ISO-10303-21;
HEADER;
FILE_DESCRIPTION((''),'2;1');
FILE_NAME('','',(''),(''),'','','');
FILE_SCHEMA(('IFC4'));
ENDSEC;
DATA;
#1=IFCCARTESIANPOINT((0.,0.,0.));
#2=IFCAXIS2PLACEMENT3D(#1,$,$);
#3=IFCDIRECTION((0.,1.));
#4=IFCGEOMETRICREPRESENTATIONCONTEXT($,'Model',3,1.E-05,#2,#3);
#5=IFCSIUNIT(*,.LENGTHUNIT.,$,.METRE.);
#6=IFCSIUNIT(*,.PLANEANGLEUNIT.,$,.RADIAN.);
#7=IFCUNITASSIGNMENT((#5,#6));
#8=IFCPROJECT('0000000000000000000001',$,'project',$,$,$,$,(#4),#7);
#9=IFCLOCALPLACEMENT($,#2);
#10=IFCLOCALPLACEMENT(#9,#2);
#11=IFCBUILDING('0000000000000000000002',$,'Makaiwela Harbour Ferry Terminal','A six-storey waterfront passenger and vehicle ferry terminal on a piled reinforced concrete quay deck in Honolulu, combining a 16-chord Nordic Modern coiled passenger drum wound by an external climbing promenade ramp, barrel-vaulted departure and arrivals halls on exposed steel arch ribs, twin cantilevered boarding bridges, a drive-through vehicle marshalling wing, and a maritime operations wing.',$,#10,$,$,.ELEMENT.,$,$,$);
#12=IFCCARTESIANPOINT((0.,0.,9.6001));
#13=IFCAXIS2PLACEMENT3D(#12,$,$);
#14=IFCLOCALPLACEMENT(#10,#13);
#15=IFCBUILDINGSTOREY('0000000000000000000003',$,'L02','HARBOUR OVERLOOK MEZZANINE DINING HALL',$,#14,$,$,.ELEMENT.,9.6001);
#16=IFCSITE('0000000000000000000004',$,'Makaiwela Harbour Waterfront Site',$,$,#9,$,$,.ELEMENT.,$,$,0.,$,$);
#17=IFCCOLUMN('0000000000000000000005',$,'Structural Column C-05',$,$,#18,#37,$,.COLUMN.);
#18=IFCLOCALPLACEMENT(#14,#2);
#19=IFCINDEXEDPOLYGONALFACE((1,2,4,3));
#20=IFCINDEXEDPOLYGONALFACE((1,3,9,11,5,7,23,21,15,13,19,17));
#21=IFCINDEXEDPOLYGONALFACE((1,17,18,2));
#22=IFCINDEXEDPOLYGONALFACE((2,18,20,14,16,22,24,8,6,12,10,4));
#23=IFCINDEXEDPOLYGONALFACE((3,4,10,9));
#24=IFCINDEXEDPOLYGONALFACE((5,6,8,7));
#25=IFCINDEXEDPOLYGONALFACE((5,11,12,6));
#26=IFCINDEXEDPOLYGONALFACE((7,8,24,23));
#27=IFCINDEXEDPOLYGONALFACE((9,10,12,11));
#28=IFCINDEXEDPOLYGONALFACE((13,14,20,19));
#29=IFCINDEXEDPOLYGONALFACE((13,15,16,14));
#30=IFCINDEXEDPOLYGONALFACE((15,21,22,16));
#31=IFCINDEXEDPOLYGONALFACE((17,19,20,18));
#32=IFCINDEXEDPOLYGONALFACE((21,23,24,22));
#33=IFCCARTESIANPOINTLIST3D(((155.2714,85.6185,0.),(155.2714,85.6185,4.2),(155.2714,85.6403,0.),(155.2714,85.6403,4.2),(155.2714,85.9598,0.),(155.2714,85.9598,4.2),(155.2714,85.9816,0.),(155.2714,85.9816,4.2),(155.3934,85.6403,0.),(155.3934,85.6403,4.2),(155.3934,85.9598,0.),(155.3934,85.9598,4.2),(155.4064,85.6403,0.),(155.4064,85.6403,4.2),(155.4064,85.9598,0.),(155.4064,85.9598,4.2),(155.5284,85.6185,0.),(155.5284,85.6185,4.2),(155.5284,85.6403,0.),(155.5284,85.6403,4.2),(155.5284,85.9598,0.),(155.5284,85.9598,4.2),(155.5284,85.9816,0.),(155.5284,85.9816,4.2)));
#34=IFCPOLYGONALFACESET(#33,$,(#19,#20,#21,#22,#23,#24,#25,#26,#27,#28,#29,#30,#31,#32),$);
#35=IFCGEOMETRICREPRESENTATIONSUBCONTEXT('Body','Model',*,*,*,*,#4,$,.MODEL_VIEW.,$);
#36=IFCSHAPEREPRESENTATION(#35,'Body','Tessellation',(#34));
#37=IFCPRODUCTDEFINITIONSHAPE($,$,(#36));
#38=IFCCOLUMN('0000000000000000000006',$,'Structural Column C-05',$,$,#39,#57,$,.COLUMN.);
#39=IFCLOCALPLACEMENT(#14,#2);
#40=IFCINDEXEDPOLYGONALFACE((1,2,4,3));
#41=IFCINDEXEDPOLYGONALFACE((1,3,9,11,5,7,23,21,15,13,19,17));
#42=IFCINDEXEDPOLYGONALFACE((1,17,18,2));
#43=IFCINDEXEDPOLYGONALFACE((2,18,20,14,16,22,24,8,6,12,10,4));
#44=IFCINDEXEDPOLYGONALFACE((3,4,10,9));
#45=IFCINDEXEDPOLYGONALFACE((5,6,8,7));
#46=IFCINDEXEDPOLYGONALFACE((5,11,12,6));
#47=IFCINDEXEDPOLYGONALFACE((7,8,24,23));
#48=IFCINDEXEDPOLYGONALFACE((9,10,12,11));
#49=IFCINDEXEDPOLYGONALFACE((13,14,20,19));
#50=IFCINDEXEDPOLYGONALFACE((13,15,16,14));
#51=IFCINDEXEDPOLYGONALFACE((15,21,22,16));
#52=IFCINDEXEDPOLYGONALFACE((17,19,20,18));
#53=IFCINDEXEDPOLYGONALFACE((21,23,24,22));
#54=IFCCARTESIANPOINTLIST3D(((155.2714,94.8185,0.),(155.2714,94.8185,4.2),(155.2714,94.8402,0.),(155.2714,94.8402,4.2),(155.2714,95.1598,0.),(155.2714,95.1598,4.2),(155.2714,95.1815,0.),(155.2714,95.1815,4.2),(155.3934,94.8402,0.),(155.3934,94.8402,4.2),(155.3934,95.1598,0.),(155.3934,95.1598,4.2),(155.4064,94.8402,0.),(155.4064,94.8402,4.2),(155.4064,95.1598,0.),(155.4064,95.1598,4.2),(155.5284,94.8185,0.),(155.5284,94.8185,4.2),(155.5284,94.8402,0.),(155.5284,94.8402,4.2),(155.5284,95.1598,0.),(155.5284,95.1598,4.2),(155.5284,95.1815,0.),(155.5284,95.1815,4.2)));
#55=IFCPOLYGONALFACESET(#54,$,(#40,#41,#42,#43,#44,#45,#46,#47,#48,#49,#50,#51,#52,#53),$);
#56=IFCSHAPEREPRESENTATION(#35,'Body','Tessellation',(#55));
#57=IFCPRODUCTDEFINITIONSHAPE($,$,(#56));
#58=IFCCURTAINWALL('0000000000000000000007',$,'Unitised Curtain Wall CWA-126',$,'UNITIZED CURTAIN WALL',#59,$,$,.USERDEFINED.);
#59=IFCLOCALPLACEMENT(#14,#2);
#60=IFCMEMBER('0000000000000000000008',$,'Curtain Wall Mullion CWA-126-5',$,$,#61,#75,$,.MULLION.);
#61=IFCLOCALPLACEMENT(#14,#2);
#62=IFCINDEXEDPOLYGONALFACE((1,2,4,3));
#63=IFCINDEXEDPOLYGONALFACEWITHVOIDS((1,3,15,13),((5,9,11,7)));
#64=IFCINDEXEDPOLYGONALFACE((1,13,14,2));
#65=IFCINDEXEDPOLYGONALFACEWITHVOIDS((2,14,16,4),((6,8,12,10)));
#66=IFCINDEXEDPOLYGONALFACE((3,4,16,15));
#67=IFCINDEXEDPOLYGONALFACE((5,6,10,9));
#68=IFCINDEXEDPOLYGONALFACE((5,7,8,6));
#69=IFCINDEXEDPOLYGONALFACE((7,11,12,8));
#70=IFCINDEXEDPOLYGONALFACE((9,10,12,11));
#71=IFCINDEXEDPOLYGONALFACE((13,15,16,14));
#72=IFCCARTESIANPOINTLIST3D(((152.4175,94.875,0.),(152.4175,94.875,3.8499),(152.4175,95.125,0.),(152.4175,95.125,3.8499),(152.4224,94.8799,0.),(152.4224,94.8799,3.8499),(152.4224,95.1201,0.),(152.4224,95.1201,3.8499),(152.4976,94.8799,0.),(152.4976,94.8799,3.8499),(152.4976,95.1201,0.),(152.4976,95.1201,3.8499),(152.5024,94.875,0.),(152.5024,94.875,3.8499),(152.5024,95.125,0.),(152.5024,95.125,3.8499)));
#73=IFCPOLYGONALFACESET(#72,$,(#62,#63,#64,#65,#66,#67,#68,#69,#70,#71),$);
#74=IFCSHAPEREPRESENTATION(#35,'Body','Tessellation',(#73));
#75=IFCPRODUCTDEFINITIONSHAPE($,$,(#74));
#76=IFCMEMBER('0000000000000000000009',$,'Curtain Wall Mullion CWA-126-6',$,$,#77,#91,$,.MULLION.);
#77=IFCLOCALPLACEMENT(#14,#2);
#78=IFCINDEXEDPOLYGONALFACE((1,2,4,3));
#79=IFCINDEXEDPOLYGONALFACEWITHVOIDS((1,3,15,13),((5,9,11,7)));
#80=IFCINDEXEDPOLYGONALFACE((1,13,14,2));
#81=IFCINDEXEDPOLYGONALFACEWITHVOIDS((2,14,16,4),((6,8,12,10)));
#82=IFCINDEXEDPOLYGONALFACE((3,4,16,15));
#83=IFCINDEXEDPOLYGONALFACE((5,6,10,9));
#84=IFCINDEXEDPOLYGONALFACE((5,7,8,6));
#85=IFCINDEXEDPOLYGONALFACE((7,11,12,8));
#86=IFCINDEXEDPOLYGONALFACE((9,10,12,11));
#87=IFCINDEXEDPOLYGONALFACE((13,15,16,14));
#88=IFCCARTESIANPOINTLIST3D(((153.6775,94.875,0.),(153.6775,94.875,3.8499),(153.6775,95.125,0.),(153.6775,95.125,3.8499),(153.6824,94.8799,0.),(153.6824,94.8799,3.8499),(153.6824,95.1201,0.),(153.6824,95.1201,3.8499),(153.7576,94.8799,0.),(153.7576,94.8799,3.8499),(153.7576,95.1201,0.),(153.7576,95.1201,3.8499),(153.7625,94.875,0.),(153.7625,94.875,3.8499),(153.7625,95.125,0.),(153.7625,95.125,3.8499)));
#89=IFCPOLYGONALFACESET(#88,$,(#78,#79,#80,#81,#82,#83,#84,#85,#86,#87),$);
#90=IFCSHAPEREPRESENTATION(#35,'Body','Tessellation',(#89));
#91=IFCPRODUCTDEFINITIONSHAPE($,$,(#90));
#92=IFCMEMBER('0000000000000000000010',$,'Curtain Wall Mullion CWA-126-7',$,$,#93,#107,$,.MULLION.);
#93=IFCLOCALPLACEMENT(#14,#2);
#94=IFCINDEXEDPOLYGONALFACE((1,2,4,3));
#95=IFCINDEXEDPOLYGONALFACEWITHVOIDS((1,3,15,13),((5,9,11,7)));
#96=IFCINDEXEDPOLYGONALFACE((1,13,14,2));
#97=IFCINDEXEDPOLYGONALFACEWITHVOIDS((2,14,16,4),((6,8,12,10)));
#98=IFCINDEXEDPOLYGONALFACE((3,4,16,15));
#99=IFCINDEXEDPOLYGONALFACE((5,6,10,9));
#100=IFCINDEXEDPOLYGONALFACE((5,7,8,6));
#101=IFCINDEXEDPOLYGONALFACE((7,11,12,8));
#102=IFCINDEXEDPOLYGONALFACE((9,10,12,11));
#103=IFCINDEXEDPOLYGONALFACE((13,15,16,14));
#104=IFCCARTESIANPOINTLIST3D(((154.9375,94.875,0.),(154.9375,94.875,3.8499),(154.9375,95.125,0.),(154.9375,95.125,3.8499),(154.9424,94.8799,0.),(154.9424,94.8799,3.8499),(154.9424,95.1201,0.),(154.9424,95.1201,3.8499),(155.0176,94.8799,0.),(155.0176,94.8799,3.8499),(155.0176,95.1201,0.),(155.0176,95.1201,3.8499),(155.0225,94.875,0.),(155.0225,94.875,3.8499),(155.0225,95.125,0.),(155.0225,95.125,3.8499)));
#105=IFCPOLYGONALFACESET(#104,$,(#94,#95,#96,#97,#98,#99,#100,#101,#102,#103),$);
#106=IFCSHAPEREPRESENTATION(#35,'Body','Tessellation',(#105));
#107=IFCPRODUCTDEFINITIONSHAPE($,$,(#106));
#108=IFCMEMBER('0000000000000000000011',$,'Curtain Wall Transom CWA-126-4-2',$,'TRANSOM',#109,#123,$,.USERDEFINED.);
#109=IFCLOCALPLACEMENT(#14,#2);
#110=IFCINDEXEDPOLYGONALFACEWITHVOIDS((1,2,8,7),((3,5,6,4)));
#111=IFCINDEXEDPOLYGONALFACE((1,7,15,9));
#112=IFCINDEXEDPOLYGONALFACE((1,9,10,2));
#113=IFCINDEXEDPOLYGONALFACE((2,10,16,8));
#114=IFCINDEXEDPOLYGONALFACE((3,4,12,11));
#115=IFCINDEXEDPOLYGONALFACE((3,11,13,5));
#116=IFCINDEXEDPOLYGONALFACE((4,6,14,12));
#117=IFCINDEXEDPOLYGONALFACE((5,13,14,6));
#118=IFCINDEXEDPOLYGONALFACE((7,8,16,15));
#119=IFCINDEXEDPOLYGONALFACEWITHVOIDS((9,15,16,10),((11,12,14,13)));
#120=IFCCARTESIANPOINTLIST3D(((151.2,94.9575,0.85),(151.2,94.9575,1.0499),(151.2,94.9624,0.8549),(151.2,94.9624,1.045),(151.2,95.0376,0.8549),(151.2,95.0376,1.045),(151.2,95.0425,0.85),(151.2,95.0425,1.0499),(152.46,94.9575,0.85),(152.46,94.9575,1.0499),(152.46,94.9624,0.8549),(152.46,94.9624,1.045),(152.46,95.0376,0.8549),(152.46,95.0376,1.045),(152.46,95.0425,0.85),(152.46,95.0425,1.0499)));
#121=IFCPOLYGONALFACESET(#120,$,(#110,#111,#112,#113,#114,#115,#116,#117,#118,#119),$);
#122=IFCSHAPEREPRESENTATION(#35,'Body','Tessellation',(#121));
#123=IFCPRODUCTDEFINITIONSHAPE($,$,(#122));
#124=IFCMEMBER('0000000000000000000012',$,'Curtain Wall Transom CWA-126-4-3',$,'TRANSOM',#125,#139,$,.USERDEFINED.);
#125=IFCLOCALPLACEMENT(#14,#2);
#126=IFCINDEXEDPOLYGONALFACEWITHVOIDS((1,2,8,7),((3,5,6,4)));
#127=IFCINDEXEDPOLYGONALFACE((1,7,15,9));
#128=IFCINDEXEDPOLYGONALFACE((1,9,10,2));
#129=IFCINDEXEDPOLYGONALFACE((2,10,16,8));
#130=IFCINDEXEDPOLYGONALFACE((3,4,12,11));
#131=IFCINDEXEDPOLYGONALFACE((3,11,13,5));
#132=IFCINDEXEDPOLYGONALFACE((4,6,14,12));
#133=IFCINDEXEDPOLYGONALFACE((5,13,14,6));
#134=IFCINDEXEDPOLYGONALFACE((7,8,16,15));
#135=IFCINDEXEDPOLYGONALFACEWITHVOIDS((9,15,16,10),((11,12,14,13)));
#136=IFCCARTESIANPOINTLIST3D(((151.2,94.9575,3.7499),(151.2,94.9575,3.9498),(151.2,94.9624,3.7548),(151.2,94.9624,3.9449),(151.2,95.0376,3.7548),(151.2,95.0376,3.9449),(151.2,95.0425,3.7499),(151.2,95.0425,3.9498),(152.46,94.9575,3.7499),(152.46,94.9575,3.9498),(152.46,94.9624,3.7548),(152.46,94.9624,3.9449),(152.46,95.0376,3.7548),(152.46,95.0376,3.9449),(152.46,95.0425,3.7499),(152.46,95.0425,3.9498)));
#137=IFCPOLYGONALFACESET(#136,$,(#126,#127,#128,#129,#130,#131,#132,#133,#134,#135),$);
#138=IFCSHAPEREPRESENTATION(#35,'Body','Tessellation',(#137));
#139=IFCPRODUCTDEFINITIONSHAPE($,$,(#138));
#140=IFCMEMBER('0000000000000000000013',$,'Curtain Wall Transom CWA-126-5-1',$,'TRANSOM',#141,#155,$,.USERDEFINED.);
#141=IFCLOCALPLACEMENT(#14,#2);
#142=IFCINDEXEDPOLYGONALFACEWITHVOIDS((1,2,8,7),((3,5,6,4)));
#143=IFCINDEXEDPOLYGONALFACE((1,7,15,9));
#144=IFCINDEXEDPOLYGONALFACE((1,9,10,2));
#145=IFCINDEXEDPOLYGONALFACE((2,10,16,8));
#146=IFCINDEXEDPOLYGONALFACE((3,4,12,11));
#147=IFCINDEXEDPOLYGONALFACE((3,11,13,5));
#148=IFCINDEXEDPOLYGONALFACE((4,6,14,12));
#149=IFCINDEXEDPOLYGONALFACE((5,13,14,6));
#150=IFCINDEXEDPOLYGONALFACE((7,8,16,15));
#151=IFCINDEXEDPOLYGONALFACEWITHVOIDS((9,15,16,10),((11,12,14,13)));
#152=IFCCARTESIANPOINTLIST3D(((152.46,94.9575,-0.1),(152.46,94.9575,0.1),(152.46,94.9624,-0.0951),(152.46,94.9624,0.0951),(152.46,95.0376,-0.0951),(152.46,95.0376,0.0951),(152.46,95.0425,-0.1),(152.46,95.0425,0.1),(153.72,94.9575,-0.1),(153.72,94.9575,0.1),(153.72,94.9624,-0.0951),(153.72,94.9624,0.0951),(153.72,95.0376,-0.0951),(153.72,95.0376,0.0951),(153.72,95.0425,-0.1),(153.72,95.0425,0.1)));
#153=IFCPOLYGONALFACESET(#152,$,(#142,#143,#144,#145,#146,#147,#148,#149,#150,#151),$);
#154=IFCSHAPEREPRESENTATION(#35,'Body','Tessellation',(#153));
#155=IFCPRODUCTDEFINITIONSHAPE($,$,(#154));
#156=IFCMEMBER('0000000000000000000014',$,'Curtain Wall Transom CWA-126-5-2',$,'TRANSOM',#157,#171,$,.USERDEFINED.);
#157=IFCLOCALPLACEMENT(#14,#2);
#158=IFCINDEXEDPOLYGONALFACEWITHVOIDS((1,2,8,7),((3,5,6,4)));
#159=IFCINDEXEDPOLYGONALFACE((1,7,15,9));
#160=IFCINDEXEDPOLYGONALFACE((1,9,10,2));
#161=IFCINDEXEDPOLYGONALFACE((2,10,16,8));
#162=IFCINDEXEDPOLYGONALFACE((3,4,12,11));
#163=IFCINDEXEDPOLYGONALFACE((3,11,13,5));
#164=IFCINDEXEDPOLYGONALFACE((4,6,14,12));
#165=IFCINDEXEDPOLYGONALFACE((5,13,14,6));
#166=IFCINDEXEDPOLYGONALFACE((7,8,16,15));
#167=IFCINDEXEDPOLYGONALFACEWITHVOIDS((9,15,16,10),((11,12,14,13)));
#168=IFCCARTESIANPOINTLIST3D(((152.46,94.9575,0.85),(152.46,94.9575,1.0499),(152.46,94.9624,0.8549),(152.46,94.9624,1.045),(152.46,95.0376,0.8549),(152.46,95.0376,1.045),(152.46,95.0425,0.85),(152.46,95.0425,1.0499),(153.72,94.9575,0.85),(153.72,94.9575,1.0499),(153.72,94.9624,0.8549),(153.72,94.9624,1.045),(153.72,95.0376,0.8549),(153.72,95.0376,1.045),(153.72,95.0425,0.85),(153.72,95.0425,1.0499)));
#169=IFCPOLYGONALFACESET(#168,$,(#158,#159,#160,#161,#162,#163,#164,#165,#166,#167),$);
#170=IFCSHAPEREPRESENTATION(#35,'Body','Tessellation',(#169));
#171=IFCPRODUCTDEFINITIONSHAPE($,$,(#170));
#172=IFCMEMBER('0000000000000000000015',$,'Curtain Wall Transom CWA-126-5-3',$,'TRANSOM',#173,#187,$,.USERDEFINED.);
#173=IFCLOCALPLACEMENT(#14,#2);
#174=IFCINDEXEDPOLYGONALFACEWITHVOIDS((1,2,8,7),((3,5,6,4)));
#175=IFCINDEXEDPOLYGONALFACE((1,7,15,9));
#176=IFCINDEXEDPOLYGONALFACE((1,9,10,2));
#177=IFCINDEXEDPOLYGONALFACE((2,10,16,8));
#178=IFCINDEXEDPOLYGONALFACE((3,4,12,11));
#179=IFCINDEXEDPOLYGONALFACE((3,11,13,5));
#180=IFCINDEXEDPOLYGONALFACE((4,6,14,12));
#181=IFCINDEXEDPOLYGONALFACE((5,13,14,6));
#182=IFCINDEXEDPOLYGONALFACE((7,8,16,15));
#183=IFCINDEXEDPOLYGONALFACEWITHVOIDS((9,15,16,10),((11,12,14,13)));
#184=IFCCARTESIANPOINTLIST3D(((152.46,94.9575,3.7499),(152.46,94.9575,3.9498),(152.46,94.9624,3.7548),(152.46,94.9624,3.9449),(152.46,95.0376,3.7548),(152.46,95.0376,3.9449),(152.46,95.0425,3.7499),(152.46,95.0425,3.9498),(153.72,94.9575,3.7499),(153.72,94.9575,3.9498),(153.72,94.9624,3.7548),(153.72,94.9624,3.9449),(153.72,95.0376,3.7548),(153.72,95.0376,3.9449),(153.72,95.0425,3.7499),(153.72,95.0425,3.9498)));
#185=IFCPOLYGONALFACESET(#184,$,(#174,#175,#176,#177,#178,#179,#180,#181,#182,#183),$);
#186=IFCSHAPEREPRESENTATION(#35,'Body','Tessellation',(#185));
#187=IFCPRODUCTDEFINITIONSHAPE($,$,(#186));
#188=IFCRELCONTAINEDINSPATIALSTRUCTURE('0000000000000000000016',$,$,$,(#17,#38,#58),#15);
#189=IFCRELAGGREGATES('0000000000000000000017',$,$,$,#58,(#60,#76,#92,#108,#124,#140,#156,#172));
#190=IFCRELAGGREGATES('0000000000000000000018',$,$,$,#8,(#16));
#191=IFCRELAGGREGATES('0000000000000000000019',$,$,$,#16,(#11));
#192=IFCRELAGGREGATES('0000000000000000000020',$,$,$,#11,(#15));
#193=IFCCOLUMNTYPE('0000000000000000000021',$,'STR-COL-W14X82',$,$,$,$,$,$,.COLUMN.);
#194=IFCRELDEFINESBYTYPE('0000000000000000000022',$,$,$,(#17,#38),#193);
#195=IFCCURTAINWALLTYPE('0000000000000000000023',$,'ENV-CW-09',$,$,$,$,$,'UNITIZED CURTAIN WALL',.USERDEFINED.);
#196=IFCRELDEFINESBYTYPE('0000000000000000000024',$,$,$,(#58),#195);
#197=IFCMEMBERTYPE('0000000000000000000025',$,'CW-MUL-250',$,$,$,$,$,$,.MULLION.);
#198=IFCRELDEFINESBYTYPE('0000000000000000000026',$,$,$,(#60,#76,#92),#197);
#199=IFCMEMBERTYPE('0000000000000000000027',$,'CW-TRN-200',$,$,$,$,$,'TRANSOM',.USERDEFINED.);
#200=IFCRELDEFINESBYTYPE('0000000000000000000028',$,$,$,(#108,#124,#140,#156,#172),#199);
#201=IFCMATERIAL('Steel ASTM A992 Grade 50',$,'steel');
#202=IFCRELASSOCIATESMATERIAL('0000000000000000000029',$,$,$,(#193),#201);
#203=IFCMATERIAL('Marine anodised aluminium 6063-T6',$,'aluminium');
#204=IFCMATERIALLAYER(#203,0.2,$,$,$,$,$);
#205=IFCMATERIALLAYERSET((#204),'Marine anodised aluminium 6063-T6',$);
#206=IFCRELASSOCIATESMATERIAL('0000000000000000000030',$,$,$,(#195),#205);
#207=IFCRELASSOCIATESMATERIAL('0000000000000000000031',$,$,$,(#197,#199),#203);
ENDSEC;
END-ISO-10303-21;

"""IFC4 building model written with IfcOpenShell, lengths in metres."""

from ifc_helpers import new_model, si_unit, direction, frame, origin, origin_2d, place, context, subcontext, project, spatial, hollow_rectangle, i_section, extrude, material, layer, layer_set, material_profile, profile_set, type_object, element, aggregate, save


model = new_model("IFC4")

# Units and contexts
model_context = context("Model", 3, precision=1e-05, world=origin(), true_north=direction((0.0, 1.0)))
body_context = subcontext(model_context, "Body", "Model", "MODEL_VIEW")
ifc_project = project(units=[si_unit("LENGTHUNIT", "METRE"), si_unit("PLANEANGLEUNIT", "RADIAN")], contexts=[model_context])

# Site, building, storey
site_placement = place(None, origin())
site = spatial("IfcSite", under=ifc_project, at=site_placement, Name="Makaiwela Harbour Waterfront Site", CompositionType="ELEMENT", RefElevation=0.0)
building_placement = place(site_placement, origin())
building = spatial("IfcBuilding", under=site, at=building_placement, Name="Makaiwela Harbour Ferry Terminal", Description="A six-storey waterfront passenger and vehicle ferry terminal on a piled reinforced concrete quay deck in Honolulu, combining a 16-chord Nordic Modern coiled passenger drum wound by an external climbing promenade ramp, barrel-vaulted departure and arrivals halls on exposed steel arch ribs, twin cantilevered boarding bridges, a drive-through vehicle marshalling wing, and a maritime operations wing.", CompositionType="ELEMENT")
storey_placement = place(building_placement, frame((0.0, 0.0, 9.6001)))
storey = spatial("IfcBuildingStorey", under=building, at=storey_placement, Name="L02", Description="HARBOUR OVERLOOK MEZZANINE DINING HALL", CompositionType="ELEMENT", Elevation=9.6001)

# Columns
ifc_material_1 = material(Name="Steel ASTM A992 Grade 50", Category="steel")
ifc_material_profile_1 = material_profile(ifc_material_1, i_section(OverallWidth=0.2571, OverallDepth=0.363, WebThickness=0.0129, FlangeThickness=0.0217, at=origin_2d()), Name="W14X82")
ifc_profile_set_1 = profile_set([ifc_material_profile_1], Name="Steel ASTM A992 Grade 50")
column_type = type_object("IfcColumnType", Name="STR-COL-W14X82", PredefinedType="COLUMN", material=ifc_profile_set_1)
for number, where, z_axis, x_axis, name in (
    (1, (155.3999, 85.8, 0.0), (0.0, 0.0, 1.0), (1.0, 0.0, 0.0), "Structural Column C-05"),
    (2, (155.3999, 95.0, 0.0), (0.0, 0.0, 1.0), (1.0, 0.0, 0.0), "Structural Column C-05"),
):
    element("IfcColumn", number, at=place(storey_placement, frame(where, z_axis=z_axis, x_axis=x_axis)), inside=storey, type_object=column_type, Name=name, PredefinedType="COLUMN", context=body_context, shape_type="SweptSolid", body=[
        extrude(i_section(OverallWidth=0.2571, OverallDepth=0.363, WebThickness=0.0129, FlangeThickness=0.0217, at=origin_2d()), origin(), (0.0, 0.0, 1.0), 4.2),
    ])

# Curtain wall, members
ifc_material_2 = material(Name="Marine anodised aluminium 6063-T6", Category="aluminium")
ifc_layer_1 = layer(ifc_material_2, 0.2)
ifc_layer_set_1 = layer_set([ifc_layer_1], Name="Marine anodised aluminium 6063-T6")
curtain_wall_type = type_object("IfcCurtainWallType", Name="ENV-CW-09", ElementType="UNITIZED CURTAIN WALL", PredefinedType="USERDEFINED", material=ifc_layer_set_1)
curtain_wall_placement = place(storey_placement, origin())
curtain_wall = element("IfcCurtainWall", 3, at=curtain_wall_placement, inside=storey, type_object=curtain_wall_type, Name="Unitised Curtain Wall CWA-126", ObjectType="UNITIZED CURTAIN WALL", PredefinedType="USERDEFINED")
ifc_material_profile_2 = material_profile(ifc_material_2, hollow_rectangle(XDim=0.085, YDim=0.25, WallThickness=0.0049, at=origin_2d()), Name="CWM-250X85")
ifc_profile_set_2 = profile_set([ifc_material_profile_2], Name="Marine anodised aluminium 6063-T6")
member_type_1 = type_object("IfcMemberType", Name="CW-MUL-250", PredefinedType="MULLION", material=ifc_profile_set_2)
member_1_placement = place(storey_placement, frame((152.46, 95.0, 0.0), z_axis=(0.0, 0.0, 1.0), x_axis=(1.0, 0.0, 0.0)))
member_1 = element("IfcMember", 4, at=member_1_placement, type_object=member_type_1, Name="Curtain Wall Mullion CWA-126-5", PredefinedType="MULLION", context=body_context, shape_type="SweptSolid", body=[
    extrude(hollow_rectangle(XDim=0.085, YDim=0.25, WallThickness=0.0049, at=origin_2d()), origin(), (0.0, 0.0, 1.0), 3.8499),
])
member_2_placement = place(storey_placement, frame((153.72, 95.0, 0.0), z_axis=(0.0, 0.0, 1.0), x_axis=(1.0, 0.0, 0.0)))
member_2 = element("IfcMember", 5, at=member_2_placement, type_object=member_type_1, Name="Curtain Wall Mullion CWA-126-6", PredefinedType="MULLION", context=body_context, shape_type="SweptSolid", body=[
    extrude(hollow_rectangle(XDim=0.085, YDim=0.25, WallThickness=0.0049, at=origin_2d()), origin(), (0.0, 0.0, 1.0), 3.8499),
])
member_3_placement = place(storey_placement, frame((154.98, 95.0, 0.0), z_axis=(0.0, 0.0, 1.0), x_axis=(1.0, 0.0, 0.0)))
member_3 = element("IfcMember", 6, at=member_3_placement, type_object=member_type_1, Name="Curtain Wall Mullion CWA-126-7", PredefinedType="MULLION", context=body_context, shape_type="SweptSolid", body=[
    extrude(hollow_rectangle(XDim=0.085, YDim=0.25, WallThickness=0.0049, at=origin_2d()), origin(), (0.0, 0.0, 1.0), 3.8499),
])
ifc_material_profile_3 = material_profile(ifc_material_2, hollow_rectangle(XDim=0.085, YDim=0.2, WallThickness=0.0049, at=origin_2d()), Name="CWT-200X85")
ifc_profile_set_3 = profile_set([ifc_material_profile_3], Name="Marine anodised aluminium 6063-T6")
member_type_2 = type_object("IfcMemberType", Name="CW-TRN-200", ElementType="TRANSOM", PredefinedType="USERDEFINED", material=ifc_profile_set_3)
member_4_placement = place(storey_placement, frame((151.2, 95.0, 0.95), z_axis=(1.0, 0.0, 0.0), x_axis=(0.0, 1.0, 0.0)))
member_4 = element("IfcMember", 7, at=member_4_placement, type_object=member_type_2, Name="Curtain Wall Transom CWA-126-4-2", ObjectType="TRANSOM", PredefinedType="USERDEFINED", context=body_context, shape_type="SweptSolid", body=[
    extrude(hollow_rectangle(XDim=0.085, YDim=0.2, WallThickness=0.0049, at=origin_2d()), origin(), (0.0, 0.0, 1.0), 1.26),
])
member_5_placement = place(storey_placement, frame((151.2, 95.0, 3.8499), z_axis=(1.0, 0.0, 0.0), x_axis=(0.0, 1.0, 0.0)))
member_5 = element("IfcMember", 8, at=member_5_placement, type_object=member_type_2, Name="Curtain Wall Transom CWA-126-4-3", ObjectType="TRANSOM", PredefinedType="USERDEFINED", context=body_context, shape_type="SweptSolid", body=[
    extrude(hollow_rectangle(XDim=0.085, YDim=0.2, WallThickness=0.0049, at=origin_2d()), origin(), (0.0, 0.0, 1.0), 1.26),
])
member_6_placement = place(storey_placement, frame((152.46, 95.0, 0.0), z_axis=(1.0, 0.0, 0.0), x_axis=(0.0, 1.0, 0.0)))
member_6 = element("IfcMember", 9, at=member_6_placement, type_object=member_type_2, Name="Curtain Wall Transom CWA-126-5-1", ObjectType="TRANSOM", PredefinedType="USERDEFINED", context=body_context, shape_type="SweptSolid", body=[
    extrude(hollow_rectangle(XDim=0.085, YDim=0.2, WallThickness=0.0049, at=origin_2d()), origin(), (0.0, 0.0, 1.0), 1.26),
])
member_7_placement = place(storey_placement, frame((152.46, 95.0, 0.95), z_axis=(1.0, 0.0, 0.0), x_axis=(0.0, 1.0, 0.0)))
member_7 = element("IfcMember", 10, at=member_7_placement, type_object=member_type_2, Name="Curtain Wall Transom CWA-126-5-2", ObjectType="TRANSOM", PredefinedType="USERDEFINED", context=body_context, shape_type="SweptSolid", body=[
    extrude(hollow_rectangle(XDim=0.085, YDim=0.2, WallThickness=0.0049, at=origin_2d()), origin(), (0.0, 0.0, 1.0), 1.26),
])
member_8_placement = place(storey_placement, frame((152.46, 95.0, 3.8499), z_axis=(1.0, 0.0, 0.0), x_axis=(0.0, 1.0, 0.0)))
member_8 = element("IfcMember", 11, at=member_8_placement, type_object=member_type_2, Name="Curtain Wall Transom CWA-126-5-3", ObjectType="TRANSOM", PredefinedType="USERDEFINED", context=body_context, shape_type="SweptSolid", body=[
    extrude(hollow_rectangle(XDim=0.085, YDim=0.2, WallThickness=0.0049, at=origin_2d()), origin(), (0.0, 0.0, 1.0), 1.26),
])

aggregate(curtain_wall, [member_1, member_2, member_3, member_4, member_5, member_6, member_7, member_8])

save(model, "model.ifc")
